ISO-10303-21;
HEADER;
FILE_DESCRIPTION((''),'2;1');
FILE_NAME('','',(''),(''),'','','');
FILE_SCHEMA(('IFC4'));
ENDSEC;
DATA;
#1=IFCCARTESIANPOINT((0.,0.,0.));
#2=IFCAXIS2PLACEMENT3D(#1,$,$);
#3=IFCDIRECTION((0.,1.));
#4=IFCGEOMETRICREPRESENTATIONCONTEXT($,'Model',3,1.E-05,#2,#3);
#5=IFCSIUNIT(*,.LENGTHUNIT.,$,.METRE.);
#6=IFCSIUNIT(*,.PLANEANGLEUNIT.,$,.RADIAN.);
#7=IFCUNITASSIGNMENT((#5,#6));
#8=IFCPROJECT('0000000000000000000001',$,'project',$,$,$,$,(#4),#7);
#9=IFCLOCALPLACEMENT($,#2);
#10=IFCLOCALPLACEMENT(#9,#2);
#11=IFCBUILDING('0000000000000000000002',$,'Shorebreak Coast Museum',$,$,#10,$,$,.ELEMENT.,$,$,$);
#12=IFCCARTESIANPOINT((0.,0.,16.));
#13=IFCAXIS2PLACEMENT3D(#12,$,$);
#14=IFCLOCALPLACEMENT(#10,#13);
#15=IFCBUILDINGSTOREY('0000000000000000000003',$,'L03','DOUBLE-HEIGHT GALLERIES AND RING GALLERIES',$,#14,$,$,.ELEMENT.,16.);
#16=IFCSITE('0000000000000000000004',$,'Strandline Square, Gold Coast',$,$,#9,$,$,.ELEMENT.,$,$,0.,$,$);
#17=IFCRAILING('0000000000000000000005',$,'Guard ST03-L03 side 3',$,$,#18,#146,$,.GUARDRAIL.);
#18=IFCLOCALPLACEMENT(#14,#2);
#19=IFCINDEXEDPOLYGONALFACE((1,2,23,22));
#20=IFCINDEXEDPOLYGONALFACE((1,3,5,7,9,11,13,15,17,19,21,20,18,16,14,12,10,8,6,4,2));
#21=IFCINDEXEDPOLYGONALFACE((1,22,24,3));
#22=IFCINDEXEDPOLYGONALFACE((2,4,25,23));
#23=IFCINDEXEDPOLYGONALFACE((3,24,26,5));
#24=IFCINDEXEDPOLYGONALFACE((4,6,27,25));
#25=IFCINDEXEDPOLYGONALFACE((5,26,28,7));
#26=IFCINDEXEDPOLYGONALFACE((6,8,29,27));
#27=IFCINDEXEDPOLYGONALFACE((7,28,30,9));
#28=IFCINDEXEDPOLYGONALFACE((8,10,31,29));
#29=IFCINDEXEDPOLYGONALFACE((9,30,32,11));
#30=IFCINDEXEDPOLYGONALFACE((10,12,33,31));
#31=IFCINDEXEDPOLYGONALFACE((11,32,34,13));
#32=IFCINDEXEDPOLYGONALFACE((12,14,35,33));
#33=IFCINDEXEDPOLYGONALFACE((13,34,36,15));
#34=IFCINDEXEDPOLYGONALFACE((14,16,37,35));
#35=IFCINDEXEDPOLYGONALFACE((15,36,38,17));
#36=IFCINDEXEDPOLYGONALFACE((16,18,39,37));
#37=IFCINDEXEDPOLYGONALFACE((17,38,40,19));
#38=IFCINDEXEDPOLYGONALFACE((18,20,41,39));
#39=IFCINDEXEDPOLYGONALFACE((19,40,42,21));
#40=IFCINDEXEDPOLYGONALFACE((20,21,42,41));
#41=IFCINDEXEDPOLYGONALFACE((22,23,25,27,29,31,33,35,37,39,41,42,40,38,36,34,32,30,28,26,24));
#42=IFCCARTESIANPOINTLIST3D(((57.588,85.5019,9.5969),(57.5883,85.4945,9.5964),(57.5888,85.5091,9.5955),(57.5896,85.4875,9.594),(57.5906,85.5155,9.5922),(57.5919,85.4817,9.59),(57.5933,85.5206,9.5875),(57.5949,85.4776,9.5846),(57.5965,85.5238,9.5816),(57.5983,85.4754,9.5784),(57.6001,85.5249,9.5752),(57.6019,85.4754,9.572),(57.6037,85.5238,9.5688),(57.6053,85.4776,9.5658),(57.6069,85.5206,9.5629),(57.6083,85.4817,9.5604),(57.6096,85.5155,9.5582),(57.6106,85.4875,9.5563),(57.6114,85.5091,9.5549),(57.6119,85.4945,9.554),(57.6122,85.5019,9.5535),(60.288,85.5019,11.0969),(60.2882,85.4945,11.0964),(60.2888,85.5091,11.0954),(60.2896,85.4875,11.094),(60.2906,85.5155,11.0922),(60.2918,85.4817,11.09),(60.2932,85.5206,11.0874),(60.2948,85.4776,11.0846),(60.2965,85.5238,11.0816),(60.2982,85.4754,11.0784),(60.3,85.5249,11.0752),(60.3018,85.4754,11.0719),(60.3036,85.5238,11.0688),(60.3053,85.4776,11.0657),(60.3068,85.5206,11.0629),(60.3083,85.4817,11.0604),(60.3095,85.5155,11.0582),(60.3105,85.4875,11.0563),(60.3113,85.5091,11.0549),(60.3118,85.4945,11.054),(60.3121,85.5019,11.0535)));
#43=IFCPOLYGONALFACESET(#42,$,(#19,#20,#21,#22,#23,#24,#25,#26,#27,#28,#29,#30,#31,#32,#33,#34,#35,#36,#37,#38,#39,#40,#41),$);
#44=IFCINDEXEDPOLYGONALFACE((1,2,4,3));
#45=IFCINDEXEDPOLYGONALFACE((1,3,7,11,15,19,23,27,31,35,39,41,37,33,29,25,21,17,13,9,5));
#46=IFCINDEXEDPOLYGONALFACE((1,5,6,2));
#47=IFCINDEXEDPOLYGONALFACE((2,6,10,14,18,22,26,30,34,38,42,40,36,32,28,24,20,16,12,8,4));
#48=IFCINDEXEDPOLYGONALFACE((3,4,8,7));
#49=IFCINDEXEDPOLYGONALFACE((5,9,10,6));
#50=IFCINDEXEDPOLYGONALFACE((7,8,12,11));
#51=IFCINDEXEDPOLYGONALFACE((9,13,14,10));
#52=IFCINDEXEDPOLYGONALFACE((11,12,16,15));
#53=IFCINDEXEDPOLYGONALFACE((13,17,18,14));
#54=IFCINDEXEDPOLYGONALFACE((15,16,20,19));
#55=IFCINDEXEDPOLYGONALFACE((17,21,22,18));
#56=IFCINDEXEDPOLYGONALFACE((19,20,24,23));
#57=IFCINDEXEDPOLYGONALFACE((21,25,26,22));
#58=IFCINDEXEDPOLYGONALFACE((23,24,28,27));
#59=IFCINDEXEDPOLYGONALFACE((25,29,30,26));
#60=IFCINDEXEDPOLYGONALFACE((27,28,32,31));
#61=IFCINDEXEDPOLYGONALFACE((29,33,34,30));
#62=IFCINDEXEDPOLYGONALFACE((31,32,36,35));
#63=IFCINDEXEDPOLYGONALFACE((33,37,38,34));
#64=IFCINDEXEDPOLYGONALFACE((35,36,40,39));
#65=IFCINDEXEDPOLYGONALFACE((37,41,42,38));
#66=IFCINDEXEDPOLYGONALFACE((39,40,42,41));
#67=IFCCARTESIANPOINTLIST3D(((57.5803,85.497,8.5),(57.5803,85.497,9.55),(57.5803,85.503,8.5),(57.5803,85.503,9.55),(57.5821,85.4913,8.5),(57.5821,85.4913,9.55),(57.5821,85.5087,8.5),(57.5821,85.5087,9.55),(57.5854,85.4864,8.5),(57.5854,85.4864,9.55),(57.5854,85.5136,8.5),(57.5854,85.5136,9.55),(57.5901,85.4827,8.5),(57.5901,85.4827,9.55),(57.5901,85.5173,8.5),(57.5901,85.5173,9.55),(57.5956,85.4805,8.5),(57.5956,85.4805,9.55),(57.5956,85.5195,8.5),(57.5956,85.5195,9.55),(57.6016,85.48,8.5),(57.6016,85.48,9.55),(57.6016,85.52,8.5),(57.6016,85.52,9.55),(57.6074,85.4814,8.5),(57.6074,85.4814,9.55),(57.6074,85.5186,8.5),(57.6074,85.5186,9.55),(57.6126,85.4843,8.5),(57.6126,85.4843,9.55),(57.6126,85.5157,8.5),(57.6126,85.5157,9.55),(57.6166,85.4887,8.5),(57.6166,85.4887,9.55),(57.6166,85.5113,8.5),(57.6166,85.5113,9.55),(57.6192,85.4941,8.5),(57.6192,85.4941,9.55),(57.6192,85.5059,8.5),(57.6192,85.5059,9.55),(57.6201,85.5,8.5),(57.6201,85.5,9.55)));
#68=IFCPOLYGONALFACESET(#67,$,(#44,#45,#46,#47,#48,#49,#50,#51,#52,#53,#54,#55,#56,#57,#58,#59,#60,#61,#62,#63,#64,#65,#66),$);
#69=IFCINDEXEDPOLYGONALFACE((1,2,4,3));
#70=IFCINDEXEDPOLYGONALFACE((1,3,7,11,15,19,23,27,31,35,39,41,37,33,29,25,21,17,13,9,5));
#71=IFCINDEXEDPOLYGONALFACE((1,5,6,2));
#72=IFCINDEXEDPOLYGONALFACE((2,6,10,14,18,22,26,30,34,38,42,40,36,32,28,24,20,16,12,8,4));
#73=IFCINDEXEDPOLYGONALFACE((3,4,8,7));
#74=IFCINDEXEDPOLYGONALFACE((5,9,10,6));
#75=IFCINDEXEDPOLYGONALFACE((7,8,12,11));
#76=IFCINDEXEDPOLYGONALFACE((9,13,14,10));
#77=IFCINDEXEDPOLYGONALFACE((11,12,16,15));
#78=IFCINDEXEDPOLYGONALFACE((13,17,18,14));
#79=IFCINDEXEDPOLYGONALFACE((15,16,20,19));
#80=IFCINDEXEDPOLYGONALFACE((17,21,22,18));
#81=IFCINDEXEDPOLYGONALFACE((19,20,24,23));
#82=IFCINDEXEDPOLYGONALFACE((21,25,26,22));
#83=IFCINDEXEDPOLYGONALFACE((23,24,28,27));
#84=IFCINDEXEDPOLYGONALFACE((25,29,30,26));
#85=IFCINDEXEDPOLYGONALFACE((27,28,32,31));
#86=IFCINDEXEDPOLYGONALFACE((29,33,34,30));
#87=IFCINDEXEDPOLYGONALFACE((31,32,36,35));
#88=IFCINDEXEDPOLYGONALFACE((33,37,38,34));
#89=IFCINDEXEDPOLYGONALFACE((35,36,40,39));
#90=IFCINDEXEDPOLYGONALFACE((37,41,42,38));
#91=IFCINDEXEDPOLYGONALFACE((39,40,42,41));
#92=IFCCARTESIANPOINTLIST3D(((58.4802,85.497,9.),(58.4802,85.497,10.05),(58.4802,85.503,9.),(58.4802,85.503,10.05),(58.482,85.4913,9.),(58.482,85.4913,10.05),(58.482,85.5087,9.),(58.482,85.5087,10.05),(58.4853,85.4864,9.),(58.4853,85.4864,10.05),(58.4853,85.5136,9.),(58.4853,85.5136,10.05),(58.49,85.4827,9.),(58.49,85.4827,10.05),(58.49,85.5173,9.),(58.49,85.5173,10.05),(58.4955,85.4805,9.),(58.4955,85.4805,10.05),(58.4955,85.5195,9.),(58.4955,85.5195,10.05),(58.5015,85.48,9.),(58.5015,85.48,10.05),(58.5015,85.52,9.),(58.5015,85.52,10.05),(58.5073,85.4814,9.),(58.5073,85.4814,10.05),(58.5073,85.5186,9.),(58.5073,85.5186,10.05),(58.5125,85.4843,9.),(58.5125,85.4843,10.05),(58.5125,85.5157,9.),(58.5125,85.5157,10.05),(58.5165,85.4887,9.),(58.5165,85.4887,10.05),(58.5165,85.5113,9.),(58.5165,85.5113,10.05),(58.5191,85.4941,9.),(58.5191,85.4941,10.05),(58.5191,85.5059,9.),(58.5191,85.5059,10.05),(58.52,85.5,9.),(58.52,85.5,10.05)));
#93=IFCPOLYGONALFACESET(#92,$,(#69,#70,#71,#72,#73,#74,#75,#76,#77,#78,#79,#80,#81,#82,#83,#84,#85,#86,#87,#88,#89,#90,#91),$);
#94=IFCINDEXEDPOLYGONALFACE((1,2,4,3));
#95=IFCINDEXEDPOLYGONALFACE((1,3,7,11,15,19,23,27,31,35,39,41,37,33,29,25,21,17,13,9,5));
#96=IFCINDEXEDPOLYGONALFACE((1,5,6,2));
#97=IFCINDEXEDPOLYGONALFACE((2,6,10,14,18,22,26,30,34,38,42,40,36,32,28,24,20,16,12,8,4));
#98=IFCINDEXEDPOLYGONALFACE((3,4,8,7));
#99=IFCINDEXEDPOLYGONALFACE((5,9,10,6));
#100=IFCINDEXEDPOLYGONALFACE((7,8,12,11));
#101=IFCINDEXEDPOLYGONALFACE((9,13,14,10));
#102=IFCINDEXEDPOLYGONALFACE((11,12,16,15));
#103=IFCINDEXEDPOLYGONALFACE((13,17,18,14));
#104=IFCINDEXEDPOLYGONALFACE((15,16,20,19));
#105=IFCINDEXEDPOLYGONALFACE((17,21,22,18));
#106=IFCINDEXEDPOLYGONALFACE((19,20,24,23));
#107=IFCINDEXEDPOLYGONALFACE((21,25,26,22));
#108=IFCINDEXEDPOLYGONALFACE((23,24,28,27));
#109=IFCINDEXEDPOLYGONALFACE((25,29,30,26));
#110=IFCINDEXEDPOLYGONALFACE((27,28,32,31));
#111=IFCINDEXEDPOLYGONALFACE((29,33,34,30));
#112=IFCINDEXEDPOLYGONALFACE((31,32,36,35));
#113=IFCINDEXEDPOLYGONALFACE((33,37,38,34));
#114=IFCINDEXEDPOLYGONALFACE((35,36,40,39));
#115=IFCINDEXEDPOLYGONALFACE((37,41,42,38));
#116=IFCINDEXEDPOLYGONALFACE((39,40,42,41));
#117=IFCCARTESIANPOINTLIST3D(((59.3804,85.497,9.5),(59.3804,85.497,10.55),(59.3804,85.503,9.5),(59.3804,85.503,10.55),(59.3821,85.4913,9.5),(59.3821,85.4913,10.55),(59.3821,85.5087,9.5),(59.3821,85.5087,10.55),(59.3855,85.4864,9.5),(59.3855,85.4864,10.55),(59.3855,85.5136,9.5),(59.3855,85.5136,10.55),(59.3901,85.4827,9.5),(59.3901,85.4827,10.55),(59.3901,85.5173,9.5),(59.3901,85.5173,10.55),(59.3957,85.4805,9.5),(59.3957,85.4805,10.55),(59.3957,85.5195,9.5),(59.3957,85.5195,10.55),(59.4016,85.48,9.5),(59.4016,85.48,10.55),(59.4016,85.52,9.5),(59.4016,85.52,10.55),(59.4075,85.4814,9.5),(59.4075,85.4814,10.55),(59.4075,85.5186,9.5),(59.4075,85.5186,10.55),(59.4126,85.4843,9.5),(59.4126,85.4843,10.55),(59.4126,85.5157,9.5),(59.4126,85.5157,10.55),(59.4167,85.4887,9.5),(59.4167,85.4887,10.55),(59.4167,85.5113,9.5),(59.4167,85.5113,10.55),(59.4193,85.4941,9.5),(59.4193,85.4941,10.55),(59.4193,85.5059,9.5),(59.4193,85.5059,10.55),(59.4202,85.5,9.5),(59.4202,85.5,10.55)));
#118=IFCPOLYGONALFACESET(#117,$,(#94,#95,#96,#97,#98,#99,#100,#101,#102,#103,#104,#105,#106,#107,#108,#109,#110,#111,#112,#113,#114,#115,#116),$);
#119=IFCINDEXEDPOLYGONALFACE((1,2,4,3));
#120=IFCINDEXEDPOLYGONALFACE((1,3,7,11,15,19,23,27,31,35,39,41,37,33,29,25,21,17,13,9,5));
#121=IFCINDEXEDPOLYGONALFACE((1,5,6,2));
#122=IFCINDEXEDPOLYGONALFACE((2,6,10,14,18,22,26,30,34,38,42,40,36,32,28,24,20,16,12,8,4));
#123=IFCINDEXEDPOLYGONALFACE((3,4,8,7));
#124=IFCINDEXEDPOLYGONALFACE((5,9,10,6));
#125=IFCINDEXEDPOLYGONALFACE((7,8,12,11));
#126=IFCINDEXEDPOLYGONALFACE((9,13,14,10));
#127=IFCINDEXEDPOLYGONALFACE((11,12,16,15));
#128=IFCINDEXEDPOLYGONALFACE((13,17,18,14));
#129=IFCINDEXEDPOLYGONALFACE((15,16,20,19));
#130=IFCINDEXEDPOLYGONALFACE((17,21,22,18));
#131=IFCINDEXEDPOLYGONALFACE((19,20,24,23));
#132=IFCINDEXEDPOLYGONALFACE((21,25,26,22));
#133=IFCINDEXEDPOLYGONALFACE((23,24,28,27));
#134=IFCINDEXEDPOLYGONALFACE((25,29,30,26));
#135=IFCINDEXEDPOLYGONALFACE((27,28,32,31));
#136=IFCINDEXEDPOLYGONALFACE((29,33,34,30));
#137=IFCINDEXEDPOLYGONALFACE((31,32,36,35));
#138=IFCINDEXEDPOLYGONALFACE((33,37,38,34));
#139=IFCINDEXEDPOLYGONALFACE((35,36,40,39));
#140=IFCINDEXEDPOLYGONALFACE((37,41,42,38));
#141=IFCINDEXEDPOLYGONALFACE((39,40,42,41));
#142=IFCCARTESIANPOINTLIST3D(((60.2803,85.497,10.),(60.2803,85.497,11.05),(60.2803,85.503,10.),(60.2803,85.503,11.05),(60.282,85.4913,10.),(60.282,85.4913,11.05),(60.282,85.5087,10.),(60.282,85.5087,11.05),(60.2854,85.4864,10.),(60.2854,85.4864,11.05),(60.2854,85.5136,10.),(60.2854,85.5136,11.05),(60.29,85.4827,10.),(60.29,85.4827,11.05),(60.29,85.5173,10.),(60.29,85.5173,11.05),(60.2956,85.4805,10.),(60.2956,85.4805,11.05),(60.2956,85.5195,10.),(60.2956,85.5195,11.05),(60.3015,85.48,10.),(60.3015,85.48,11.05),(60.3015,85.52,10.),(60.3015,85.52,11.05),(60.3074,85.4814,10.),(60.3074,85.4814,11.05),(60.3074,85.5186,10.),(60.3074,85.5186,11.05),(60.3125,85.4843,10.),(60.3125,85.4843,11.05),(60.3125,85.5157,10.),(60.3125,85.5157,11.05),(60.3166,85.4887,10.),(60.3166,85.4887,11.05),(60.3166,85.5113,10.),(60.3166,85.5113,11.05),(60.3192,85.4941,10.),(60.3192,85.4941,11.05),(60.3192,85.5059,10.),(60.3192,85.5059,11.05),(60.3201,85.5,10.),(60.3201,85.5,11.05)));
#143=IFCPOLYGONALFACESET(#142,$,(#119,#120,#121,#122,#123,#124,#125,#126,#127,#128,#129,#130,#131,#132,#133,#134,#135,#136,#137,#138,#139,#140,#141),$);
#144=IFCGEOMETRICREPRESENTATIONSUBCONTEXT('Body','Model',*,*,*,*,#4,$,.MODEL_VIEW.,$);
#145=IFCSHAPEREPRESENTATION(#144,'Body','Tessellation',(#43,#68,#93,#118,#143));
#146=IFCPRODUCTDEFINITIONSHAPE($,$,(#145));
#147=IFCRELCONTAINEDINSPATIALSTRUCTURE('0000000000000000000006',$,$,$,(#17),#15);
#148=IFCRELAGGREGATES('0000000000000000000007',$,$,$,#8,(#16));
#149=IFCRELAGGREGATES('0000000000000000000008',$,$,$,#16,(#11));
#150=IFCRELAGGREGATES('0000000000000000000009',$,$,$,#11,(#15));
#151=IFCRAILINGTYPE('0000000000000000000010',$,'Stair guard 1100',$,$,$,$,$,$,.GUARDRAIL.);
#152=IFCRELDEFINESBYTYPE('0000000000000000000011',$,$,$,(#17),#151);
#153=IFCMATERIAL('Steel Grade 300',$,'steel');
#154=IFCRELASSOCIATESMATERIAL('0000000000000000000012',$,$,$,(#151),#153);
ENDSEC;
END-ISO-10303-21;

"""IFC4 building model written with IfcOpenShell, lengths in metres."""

from ifc_helpers import new_model, si_unit, direction, frame, origin, origin_2d, place, context, subcontext, project, spatial, circle, extrude, material, type_object, element, save


model = new_model("IFC4")

# Units and contexts
model_context = context("Model", 3, precision=1e-05, world=origin(), true_north=direction((0.0, 1.0)))
body_context = subcontext(model_context, "Body", "Model", "MODEL_VIEW")
ifc_project = project(units=[si_unit("LENGTHUNIT", "METRE"), si_unit("PLANEANGLEUNIT", "RADIAN")], contexts=[model_context])

# Site, building, storey
site_placement = place(None, origin())
site = spatial("IfcSite", under=ifc_project, at=site_placement, Name="Strandline Square, Gold Coast", CompositionType="ELEMENT", RefElevation=0.0)
building_placement = place(site_placement, origin())
building = spatial("IfcBuilding", under=site, at=building_placement, Name="Shorebreak Coast Museum", CompositionType="ELEMENT")
storey_placement = place(building_placement, frame((0.0, 0.0, 16.0)))
storey = spatial("IfcBuildingStorey", under=building, at=storey_placement, Name="L03", Description="DOUBLE-HEIGHT GALLERIES AND RING GALLERIES", CompositionType="ELEMENT", Elevation=16.0)

# Railing
ifc_material_1 = material(Name="Steel Grade 300", Category="steel")
railing_type_1 = type_object("IfcRailingType", Name="Stair guard 1100", PredefinedType="GUARDRAIL", material=ifc_material_1)
railing_1_placement = place(storey_placement, frame((57.6001, 85.5, 8.5)))
element("IfcRailing", 1, at=railing_1_placement, inside=storey, type_object=railing_type_1, Name="Guard ST03-L03 side 3", PredefinedType="GUARDRAIL", context=body_context, shape_type="SweptSolid", body=[
    extrude(circle(Radius=0.0249, at=origin_2d()), frame((0.0, 0.0, 1.0752), z_axis=(0.874154, 0.0, 0.48565), x_axis=(0.0, 1.0, 0.0)), (0.0, 0.0, 1.0), 3.0886),
    extrude(circle(Radius=0.02, at=origin_2d()), origin(), (0.0, 0.0, 1.0), 1.05),
    extrude(circle(Radius=0.02, at=origin_2d()), frame((0.8999, 0.0, 0.5)), (0.0, 0.0, 1.0), 1.05),
    extrude(circle(Radius=0.02, at=origin_2d()), frame((1.8, 0.0, 1.0)), (0.0, 0.0, 1.0), 1.05),
    extrude(circle(Radius=0.02, at=origin_2d()), frame((2.7, 0.0, 1.5)), (0.0, 0.0, 1.0), 1.05),
])

save(model, "model.ifc")
